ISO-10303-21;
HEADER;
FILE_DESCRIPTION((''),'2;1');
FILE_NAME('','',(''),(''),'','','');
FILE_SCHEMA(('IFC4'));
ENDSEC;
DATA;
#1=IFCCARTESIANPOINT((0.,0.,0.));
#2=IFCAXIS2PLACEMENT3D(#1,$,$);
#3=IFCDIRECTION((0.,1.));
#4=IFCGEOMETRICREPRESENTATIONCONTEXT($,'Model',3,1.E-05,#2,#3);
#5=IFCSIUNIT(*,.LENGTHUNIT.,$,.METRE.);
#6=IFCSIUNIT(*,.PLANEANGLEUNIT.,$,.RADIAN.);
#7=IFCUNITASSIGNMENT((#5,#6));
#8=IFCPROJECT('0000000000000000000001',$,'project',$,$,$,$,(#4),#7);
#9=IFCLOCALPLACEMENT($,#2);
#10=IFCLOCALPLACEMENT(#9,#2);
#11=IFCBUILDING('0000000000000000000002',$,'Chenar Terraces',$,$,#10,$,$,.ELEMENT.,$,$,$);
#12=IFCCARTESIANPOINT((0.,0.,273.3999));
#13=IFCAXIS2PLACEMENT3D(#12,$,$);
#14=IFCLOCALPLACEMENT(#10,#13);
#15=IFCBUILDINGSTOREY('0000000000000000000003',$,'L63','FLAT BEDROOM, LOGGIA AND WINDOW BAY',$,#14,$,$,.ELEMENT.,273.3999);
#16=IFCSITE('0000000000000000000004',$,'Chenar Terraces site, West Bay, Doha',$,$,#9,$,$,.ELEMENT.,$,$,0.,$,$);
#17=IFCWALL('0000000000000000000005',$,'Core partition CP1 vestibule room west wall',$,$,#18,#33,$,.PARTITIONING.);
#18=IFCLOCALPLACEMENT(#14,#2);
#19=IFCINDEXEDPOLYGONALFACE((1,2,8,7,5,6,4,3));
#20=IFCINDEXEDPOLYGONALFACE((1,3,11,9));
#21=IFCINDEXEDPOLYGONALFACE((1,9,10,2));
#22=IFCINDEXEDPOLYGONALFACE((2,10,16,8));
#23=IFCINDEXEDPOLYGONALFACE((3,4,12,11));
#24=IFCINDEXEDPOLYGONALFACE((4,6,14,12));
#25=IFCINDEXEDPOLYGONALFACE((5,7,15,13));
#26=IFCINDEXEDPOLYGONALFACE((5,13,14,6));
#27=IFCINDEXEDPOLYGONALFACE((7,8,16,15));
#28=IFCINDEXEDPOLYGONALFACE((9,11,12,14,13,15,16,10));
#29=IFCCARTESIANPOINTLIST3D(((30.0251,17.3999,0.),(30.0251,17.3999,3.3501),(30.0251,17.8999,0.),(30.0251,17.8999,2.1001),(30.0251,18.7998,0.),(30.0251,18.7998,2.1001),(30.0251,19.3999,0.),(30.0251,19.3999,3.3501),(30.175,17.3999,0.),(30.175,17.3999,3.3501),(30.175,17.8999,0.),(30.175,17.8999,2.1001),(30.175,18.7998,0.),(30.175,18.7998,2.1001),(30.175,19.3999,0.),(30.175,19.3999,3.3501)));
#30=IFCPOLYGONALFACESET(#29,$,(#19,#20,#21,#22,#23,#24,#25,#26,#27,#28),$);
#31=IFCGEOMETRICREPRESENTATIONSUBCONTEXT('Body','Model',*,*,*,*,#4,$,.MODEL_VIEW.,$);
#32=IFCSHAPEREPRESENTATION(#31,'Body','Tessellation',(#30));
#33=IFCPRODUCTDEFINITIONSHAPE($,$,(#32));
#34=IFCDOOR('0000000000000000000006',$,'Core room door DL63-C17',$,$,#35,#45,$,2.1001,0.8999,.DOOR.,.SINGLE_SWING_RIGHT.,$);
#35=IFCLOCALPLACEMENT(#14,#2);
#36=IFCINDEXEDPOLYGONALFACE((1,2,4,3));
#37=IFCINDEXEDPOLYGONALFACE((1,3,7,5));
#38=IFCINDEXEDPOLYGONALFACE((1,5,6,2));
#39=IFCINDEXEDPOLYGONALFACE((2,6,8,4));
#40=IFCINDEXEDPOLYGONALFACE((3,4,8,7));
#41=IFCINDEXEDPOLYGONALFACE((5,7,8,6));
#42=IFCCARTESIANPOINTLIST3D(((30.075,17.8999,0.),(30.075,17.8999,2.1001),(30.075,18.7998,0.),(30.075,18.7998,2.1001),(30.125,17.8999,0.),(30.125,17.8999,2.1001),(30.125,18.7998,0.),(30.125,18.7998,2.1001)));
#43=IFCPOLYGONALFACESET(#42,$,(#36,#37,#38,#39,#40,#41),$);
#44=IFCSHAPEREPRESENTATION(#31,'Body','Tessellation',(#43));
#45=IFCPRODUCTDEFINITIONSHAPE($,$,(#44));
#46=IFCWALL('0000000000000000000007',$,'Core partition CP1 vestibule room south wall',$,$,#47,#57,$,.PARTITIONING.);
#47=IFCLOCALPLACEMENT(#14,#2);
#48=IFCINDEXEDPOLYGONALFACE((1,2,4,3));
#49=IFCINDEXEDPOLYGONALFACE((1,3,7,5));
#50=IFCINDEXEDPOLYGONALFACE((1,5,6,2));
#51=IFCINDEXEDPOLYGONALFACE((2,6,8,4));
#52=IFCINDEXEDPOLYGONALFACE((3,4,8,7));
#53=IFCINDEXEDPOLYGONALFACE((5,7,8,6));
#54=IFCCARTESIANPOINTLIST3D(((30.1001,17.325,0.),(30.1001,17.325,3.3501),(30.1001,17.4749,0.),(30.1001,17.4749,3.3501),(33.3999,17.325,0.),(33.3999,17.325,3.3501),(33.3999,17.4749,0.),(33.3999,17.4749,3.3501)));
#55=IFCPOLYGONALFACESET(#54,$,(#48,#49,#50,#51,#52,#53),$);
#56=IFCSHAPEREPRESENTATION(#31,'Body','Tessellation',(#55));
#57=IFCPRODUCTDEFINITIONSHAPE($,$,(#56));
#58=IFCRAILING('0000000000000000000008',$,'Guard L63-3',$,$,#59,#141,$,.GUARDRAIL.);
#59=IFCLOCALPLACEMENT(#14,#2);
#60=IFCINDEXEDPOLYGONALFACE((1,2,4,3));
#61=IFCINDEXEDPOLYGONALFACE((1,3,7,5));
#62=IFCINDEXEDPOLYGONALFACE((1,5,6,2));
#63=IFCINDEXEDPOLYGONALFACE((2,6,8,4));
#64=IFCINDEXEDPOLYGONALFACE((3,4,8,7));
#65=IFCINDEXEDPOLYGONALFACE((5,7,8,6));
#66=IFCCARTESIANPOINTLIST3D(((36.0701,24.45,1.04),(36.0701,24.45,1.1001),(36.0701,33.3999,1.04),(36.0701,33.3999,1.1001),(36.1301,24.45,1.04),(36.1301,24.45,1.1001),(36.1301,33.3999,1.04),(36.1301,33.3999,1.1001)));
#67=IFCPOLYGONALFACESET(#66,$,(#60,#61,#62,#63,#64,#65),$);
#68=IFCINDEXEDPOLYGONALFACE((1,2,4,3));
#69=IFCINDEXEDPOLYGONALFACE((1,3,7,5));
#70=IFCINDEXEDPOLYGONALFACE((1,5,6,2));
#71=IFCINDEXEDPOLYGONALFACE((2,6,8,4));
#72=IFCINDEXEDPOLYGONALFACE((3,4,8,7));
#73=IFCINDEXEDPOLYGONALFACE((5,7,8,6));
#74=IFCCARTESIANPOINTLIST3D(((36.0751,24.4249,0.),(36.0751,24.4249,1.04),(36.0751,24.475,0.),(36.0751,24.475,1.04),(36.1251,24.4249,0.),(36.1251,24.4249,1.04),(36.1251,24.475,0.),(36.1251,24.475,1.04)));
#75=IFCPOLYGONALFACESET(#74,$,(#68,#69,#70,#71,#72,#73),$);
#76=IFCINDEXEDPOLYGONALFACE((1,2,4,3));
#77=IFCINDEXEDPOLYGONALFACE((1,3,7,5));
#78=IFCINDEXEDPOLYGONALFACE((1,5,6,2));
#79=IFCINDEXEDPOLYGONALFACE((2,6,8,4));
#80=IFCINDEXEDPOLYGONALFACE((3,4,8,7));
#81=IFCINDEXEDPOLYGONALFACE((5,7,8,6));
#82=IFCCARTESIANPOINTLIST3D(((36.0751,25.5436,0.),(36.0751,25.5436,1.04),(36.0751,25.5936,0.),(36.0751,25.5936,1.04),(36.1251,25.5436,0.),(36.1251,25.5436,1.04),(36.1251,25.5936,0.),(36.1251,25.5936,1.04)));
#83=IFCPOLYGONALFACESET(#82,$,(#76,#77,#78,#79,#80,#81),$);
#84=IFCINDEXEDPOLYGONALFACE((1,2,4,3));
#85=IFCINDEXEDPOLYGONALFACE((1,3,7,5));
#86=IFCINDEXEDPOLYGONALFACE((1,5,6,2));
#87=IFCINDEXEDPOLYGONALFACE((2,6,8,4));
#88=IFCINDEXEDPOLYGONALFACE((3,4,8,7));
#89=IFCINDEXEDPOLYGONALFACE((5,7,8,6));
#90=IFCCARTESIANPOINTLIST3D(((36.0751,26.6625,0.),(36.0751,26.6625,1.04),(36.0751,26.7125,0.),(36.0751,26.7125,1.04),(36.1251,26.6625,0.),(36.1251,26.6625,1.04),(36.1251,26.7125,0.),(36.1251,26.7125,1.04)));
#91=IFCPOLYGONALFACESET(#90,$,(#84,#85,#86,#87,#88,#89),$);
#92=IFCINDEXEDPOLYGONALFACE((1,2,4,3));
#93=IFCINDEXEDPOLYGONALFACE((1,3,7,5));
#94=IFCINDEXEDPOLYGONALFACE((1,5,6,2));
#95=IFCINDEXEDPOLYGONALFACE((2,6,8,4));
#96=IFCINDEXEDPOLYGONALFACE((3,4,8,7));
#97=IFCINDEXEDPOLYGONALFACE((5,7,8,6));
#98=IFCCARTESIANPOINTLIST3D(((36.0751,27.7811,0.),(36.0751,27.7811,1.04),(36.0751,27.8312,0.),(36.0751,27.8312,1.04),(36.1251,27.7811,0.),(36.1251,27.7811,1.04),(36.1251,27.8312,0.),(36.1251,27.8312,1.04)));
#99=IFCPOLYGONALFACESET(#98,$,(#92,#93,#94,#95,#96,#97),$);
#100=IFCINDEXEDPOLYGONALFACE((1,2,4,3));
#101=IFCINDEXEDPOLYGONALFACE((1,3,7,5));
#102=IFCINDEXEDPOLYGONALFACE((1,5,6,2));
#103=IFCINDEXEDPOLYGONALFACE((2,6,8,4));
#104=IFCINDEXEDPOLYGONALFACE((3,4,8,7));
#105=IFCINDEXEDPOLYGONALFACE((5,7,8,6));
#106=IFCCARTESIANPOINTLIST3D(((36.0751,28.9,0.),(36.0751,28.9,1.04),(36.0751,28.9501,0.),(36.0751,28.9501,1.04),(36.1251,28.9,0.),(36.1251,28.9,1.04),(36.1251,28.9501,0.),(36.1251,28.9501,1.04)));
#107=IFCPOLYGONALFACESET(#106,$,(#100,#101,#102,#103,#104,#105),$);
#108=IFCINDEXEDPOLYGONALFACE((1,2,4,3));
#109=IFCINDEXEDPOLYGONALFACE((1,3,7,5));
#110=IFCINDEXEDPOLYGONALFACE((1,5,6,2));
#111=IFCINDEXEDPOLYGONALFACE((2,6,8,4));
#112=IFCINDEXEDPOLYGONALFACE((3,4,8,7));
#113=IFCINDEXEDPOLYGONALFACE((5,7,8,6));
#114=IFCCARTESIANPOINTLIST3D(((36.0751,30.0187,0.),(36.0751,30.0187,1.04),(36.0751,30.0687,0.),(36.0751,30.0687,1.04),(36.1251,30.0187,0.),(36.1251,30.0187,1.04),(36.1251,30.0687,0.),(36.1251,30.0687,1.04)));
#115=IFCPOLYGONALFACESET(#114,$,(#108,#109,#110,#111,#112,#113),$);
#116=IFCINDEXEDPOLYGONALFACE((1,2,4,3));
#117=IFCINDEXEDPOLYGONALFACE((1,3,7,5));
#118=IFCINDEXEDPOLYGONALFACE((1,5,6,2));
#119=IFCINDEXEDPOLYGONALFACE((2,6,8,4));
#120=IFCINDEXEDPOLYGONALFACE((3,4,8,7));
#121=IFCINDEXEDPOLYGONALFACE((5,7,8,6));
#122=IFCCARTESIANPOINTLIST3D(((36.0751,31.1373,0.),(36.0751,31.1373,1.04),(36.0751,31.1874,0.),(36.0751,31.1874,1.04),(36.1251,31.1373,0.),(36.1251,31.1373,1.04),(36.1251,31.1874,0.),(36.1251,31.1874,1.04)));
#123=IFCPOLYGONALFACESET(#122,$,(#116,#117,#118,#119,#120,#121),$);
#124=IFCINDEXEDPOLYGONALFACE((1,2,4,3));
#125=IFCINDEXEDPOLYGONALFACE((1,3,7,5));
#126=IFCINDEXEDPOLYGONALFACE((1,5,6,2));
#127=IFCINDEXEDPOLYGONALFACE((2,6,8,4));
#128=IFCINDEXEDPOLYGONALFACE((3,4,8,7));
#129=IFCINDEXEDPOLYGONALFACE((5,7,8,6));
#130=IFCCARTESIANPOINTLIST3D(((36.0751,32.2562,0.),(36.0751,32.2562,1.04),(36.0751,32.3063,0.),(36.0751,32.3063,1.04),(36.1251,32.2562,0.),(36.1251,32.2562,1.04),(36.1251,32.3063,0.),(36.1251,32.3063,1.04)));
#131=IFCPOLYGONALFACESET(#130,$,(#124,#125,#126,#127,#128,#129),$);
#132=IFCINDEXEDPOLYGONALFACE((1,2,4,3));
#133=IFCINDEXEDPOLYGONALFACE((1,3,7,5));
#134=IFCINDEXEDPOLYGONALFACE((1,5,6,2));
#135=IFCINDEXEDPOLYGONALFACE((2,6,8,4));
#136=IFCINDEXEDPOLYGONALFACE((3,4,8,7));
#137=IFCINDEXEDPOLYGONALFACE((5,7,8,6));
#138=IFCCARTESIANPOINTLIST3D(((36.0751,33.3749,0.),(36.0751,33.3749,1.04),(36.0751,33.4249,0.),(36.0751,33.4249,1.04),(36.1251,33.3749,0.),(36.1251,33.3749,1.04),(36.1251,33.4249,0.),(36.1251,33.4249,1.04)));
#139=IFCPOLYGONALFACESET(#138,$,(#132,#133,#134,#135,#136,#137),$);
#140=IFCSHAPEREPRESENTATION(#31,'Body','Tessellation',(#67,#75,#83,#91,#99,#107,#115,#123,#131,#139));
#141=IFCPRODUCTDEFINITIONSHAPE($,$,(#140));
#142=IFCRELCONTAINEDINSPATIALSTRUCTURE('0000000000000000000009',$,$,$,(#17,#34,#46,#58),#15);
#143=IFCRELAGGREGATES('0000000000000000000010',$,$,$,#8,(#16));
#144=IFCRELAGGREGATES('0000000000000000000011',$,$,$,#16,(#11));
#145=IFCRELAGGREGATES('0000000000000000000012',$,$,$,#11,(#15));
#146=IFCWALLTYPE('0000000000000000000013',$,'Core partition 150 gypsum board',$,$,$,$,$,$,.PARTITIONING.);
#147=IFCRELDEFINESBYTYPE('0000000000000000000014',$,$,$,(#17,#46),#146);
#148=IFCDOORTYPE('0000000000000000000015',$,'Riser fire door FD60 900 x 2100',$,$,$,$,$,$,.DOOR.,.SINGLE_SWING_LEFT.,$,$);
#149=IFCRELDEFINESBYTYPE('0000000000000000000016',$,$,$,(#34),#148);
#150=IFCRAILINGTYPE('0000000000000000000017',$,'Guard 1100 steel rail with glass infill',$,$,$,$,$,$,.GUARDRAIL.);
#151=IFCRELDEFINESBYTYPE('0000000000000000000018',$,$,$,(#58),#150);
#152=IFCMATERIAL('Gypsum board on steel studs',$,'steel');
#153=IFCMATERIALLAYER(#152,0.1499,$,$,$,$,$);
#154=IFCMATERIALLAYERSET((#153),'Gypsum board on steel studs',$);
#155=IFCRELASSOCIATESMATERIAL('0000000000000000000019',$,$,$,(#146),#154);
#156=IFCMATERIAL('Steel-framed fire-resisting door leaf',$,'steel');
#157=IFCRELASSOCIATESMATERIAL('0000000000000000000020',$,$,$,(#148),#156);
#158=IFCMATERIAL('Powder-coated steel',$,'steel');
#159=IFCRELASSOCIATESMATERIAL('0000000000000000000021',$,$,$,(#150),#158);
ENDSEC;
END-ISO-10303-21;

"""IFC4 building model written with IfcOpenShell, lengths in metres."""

from ifc_helpers import new_model, si_unit, direction, frame, frame_2d, origin, origin_2d, place, context, subcontext, project, spatial, rectangle, extrude, material, layer, layer_set, type_object, element, fill, save


model = new_model("IFC4")

# Units and contexts
model_context = context("Model", 3, precision=1e-05, world=origin(), true_north=direction((0.0, 1.0)))
body_context = subcontext(model_context, "Body", "Model", "MODEL_VIEW")
ifc_project = project(units=[si_unit("LENGTHUNIT", "METRE"), si_unit("PLANEANGLEUNIT", "RADIAN")], contexts=[model_context])

# Site, building, storey
site_placement = place(None, origin())
site = spatial("IfcSite", under=ifc_project, at=site_placement, Name="Chenar Terraces site, West Bay, Doha", CompositionType="ELEMENT", RefElevation=0.0)
building_placement = place(site_placement, origin())
building = spatial("IfcBuilding", under=site, at=building_placement, Name="Chenar Terraces", CompositionType="ELEMENT")
storey_placement = place(building_placement, frame((0.0, 0.0, 273.3999)))
storey = spatial("IfcBuildingStorey", under=building, at=storey_placement, Name="L63", Description="FLAT BEDROOM, LOGGIA AND WINDOW BAY", CompositionType="ELEMENT", Elevation=273.3999)

# Wall, opening, door
ifc_material_1 = material(Name="Gypsum board on steel studs", Category="steel")
ifc_layer_1 = layer(ifc_material_1, 0.1499)
ifc_layer_set_1 = layer_set([ifc_layer_1], Name="Gypsum board on steel studs")
wall_type = type_object("IfcWallType", Name="Core partition 150 gypsum board", PredefinedType="PARTITIONING", material=ifc_layer_set_1)
wall_1_placement = place(storey_placement, frame((30.1001, 17.3999, 0.0), z_axis=(0.0, 0.0, 1.0), x_axis=(0.0, 1.0, 0.0)))
wall_1 = element("IfcWall", 1, at=wall_1_placement, inside=storey, type_object=wall_type, Name="Core partition CP1 vestibule room west wall", PredefinedType="PARTITIONING", context=body_context, shape_type="SweptSolid", body=[
    extrude(rectangle(XDim=2.0, YDim=0.1499, at=frame_2d((1.0, 0.0))), origin(), (0.0, 0.0, 1.0), 3.3501),
])
opening_placement = place(wall_1_placement, frame((0.5, 0.0, 0.0)))
opening = element("IfcOpeningElement", 2, at=opening_placement, cuts=wall_1, PredefinedType="OPENING", context=body_context, shape_type="SweptSolid", body=[
    extrude(rectangle(XDim=0.8999, YDim=2.1001, at=frame_2d((0.45, 1.05))), frame((0.0, 0.085, 0.0), z_axis=(0.0, -1.0, 0.0), x_axis=(1.0, 0.0, 0.0)), (0.0, 0.0, 1.0), 0.1699),
])
ifc_material_2 = material(Name="Steel-framed fire-resisting door leaf", Category="steel")
door_type = type_object("IfcDoorType", Name="Riser fire door FD60 900 x 2100", OperationType="SINGLE_SWING_LEFT", PredefinedType="DOOR", material=ifc_material_2)
door_placement = place(opening_placement, frame((0.8999, 0.0, 0.0), z_axis=(0.0, 0.0, 1.0), x_axis=(-1.0, 0.0, 0.0)))
door = element("IfcDoor", 3, at=door_placement, inside=storey, type_object=door_type, Name="Core room door DL63-C17", OperationType="SINGLE_SWING_RIGHT", OverallHeight=2.1001, OverallWidth=0.8999, PredefinedType="DOOR", context=body_context, shape_type="SweptSolid", body=[
    extrude(rectangle(XDim=0.8999, YDim=2.1001, at=frame_2d((0.45, 1.05))), frame((0.0, 0.0249, 0.0), z_axis=(0.0, -1.0, 0.0), x_axis=(1.0, 0.0, 0.0)), (0.0, 0.0, 1.0), 0.05),
])
fill(opening, door)

# Wall
wall_2_placement = place(storey_placement, frame((30.1001, 17.3999, 0.0), z_axis=(0.0, 0.0, 1.0), x_axis=(1.0, 0.0, 0.0)))
element("IfcWall", 4, at=wall_2_placement, inside=storey, type_object=wall_type, Name="Core partition CP1 vestibule room south wall", PredefinedType="PARTITIONING", context=body_context, shape_type="SweptSolid", body=[
    extrude(rectangle(XDim=3.2998, YDim=0.1499, at=frame_2d((1.6499, 0.0))), origin(), (0.0, 0.0, 1.0), 3.3501),
])

# Railing
ifc_material_3 = material(Name="Powder-coated steel", Category="steel")
railing_type = type_object("IfcRailingType", Name="Guard 1100 steel rail with glass infill", PredefinedType="GUARDRAIL", material=ifc_material_3)
railing_placement = place(storey_placement, frame((36.1001, 24.45, 0.0)))
element("IfcRailing", 5, at=railing_placement, inside=storey, type_object=railing_type, Name="Guard L63-3", PredefinedType="GUARDRAIL", context=body_context, shape_type="SweptSolid", body=[
    extrude(rectangle(XDim=0.0601, YDim=0.0601, at=origin_2d()), frame((0.0, 0.0, 1.0701), z_axis=(0.0, 1.0, 0.0), x_axis=(-1.0, 0.0, 0.0)), (0.0, 0.0, 1.0), 8.95),
    extrude(rectangle(XDim=0.05, YDim=0.05, at=origin_2d()), origin(), (0.0, 0.0, 1.0), 1.04),
    extrude(rectangle(XDim=0.05, YDim=0.05, at=origin_2d()), frame((0.0, 1.1187, 0.0)), (0.0, 0.0, 1.0), 1.04),
    extrude(rectangle(XDim=0.05, YDim=0.05, at=origin_2d()), frame((0.0, 2.2375, 0.0)), (0.0, 0.0, 1.0), 1.04),
    extrude(rectangle(XDim=0.05, YDim=0.05, at=origin_2d()), frame((0.0, 3.3562, 0.0)), (0.0, 0.0, 1.0), 1.04),
    extrude(rectangle(XDim=0.05, YDim=0.05, at=origin_2d()), frame((0.0, 4.4751, 0.0)), (0.0, 0.0, 1.0), 1.04),
    extrude(rectangle(XDim=0.05, YDim=0.05, at=origin_2d()), frame((0.0, 5.5938, 0.0)), (0.0, 0.0, 1.0), 1.04),
    extrude(rectangle(XDim=0.05, YDim=0.05, at=origin_2d()), frame((0.0, 6.7124, 0.0)), (0.0, 0.0, 1.0), 1.04),
    extrude(rectangle(XDim=0.05, YDim=0.05, at=origin_2d()), frame((0.0, 7.8313, 0.0)), (0.0, 0.0, 1.0), 1.04),
    extrude(rectangle(XDim=0.05, YDim=0.05, at=origin_2d()), frame((0.0, 8.95, 0.0)), (0.0, 0.0, 1.0), 1.04),
])

save(model, "model.ifc")
